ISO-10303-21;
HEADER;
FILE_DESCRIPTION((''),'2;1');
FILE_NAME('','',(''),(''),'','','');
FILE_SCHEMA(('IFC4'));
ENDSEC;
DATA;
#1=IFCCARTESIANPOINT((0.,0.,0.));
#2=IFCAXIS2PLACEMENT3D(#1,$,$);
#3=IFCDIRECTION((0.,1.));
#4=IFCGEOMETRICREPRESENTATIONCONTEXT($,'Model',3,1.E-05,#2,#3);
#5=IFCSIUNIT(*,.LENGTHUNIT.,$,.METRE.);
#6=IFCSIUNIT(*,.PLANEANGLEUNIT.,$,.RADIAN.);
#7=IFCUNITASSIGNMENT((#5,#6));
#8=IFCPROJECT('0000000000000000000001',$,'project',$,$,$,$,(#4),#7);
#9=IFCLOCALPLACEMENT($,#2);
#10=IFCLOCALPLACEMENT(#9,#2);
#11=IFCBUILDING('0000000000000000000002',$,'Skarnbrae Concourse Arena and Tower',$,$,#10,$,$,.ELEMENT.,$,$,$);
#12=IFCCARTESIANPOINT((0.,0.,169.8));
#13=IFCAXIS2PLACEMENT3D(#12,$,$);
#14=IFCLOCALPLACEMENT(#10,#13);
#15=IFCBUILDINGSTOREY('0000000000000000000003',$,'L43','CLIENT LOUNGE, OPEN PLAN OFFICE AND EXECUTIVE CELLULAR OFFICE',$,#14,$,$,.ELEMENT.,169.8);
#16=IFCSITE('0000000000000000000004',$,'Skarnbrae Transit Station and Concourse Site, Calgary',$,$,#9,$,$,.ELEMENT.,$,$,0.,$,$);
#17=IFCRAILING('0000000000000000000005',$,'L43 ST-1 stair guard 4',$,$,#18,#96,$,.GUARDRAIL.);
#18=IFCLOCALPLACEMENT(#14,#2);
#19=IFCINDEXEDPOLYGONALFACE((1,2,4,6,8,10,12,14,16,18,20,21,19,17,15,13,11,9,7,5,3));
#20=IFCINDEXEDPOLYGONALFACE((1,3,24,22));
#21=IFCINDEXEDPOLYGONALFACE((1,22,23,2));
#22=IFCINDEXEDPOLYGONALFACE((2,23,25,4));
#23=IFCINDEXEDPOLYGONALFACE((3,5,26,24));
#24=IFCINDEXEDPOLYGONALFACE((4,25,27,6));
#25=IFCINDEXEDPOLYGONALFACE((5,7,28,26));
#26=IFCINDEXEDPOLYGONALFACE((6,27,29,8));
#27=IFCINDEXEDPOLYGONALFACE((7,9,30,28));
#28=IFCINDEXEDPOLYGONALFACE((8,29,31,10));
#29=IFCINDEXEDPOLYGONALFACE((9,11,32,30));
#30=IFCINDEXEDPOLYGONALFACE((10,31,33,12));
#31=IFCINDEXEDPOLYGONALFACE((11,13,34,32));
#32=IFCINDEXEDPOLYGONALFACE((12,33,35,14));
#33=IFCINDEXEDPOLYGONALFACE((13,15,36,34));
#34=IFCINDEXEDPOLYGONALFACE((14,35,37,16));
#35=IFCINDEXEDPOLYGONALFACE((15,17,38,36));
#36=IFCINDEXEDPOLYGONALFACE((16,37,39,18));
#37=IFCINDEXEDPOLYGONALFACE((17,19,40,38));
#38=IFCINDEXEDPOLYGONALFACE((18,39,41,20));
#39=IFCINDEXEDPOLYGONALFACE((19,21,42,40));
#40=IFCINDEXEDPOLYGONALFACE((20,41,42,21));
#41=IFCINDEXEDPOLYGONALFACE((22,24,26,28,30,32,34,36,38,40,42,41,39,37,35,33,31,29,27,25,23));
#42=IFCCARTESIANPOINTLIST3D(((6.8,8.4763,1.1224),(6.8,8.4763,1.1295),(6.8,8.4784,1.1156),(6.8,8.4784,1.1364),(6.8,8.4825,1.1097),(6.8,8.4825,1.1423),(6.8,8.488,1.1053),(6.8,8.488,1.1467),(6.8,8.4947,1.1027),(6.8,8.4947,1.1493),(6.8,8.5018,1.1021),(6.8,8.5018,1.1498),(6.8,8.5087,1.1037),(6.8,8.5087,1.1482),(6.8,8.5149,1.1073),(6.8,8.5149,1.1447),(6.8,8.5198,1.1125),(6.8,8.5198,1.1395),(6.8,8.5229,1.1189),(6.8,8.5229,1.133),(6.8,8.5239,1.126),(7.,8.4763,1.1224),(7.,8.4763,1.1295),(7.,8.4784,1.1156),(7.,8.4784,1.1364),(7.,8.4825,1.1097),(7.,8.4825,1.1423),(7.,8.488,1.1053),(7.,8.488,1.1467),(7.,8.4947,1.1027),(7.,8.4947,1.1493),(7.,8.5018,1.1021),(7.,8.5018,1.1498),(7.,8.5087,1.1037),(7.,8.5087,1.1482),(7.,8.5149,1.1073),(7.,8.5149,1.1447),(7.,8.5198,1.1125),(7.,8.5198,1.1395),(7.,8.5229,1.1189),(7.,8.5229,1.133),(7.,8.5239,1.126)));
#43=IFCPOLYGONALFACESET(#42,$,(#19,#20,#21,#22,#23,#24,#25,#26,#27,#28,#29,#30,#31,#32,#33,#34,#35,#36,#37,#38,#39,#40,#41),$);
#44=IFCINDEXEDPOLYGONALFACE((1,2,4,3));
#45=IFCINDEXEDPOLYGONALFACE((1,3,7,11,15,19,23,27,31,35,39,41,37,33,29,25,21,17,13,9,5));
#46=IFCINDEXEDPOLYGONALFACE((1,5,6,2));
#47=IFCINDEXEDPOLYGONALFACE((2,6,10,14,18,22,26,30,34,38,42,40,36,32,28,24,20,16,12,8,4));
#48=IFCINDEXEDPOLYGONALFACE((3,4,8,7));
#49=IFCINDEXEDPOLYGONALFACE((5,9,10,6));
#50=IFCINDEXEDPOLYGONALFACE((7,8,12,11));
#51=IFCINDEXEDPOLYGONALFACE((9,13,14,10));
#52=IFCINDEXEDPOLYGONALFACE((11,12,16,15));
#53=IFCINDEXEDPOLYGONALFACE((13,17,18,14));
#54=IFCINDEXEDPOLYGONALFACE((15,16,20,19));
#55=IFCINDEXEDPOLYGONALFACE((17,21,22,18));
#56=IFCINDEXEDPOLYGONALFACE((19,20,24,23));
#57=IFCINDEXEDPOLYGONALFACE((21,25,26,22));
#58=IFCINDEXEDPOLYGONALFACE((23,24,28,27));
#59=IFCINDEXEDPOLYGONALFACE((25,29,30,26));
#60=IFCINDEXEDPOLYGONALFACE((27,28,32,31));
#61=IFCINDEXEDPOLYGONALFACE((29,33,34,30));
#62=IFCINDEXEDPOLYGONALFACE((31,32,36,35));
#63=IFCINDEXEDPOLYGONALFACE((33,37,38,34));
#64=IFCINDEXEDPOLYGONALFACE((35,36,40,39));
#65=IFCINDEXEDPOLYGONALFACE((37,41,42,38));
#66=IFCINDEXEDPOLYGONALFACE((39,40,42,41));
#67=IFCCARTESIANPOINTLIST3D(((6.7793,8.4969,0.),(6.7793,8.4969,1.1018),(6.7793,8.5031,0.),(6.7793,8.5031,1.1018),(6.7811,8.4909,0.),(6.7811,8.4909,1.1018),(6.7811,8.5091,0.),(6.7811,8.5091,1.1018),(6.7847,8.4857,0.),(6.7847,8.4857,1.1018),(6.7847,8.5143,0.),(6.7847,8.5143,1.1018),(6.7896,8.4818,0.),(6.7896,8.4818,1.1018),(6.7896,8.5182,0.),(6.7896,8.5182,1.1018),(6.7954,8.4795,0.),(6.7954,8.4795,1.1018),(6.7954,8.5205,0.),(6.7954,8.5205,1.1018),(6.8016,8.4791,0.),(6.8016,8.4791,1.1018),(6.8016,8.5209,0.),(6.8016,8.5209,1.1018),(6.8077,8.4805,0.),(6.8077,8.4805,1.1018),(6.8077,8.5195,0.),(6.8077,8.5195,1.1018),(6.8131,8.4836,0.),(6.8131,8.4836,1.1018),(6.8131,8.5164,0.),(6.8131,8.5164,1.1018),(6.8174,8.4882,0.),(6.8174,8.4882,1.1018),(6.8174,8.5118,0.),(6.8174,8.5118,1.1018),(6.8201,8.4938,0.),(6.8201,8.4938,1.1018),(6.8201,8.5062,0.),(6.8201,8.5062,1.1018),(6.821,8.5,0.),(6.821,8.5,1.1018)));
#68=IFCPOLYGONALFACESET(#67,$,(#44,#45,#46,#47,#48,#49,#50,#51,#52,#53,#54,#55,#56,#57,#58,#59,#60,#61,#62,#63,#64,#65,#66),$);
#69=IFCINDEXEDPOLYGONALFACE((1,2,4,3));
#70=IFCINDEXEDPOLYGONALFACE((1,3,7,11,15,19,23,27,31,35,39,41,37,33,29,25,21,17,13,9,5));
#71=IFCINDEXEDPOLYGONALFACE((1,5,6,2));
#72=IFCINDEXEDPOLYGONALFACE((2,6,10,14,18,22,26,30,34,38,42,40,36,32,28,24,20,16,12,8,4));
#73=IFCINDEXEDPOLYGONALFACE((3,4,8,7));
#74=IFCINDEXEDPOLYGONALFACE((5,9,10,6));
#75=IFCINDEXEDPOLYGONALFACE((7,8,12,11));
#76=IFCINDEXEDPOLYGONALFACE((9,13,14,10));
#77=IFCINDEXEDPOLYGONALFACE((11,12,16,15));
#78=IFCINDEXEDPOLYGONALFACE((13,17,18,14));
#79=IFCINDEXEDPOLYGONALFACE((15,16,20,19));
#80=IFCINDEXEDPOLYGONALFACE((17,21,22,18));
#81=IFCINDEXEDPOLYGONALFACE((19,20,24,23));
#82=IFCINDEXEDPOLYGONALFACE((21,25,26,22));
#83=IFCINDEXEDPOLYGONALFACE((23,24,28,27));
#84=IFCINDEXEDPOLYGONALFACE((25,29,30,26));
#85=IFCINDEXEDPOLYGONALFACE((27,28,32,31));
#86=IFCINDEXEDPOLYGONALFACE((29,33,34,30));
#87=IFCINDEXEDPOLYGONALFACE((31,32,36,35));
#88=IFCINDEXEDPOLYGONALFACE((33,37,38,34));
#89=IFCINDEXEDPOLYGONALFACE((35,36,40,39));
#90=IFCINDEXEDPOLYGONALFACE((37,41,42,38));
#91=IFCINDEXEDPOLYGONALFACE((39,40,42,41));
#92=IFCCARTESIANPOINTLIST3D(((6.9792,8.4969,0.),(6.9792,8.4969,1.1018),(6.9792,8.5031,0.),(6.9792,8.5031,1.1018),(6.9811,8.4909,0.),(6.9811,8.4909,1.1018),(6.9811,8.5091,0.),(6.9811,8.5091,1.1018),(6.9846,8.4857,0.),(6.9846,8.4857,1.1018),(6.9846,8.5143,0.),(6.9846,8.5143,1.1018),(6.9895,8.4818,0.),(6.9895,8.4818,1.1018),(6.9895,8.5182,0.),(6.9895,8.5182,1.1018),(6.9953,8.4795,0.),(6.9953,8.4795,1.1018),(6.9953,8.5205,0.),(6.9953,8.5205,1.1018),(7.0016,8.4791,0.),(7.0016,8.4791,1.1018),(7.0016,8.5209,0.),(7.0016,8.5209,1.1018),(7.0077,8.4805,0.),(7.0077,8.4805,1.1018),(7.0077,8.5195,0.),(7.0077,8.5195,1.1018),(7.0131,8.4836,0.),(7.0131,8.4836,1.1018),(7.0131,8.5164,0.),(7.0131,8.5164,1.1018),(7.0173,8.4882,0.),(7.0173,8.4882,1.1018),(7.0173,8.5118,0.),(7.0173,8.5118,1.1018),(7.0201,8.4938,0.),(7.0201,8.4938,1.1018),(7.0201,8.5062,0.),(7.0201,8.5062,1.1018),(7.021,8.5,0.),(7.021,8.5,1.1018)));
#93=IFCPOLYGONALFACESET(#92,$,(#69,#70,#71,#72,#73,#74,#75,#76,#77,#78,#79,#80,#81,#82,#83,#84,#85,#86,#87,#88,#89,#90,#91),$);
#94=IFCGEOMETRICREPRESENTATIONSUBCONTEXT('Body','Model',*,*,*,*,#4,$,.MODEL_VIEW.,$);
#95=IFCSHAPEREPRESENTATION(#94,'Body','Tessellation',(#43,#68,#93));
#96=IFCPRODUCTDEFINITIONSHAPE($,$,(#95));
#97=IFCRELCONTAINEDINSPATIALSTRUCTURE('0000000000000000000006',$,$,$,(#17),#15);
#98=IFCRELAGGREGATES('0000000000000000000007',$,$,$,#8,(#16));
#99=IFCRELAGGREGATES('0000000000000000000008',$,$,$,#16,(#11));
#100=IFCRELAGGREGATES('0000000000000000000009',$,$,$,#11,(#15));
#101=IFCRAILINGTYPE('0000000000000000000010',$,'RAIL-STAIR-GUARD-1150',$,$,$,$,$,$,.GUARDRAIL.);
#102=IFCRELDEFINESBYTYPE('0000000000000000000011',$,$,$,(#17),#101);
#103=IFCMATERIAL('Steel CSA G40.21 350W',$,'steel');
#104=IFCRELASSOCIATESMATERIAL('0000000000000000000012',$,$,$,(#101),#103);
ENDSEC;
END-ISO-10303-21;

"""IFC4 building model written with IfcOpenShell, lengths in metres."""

from ifc_helpers import new_model, si_unit, direction, frame, origin, origin_2d, place, context, subcontext, project, spatial, circle, extrude, material, type_object, element, save


model = new_model("IFC4")

# Units and contexts
model_context = context("Model", 3, precision=1e-05, world=origin(), true_north=direction((0.0, 1.0)))
body_context = subcontext(model_context, "Body", "Model", "MODEL_VIEW")
ifc_project = project(units=[si_unit("LENGTHUNIT", "METRE"), si_unit("PLANEANGLEUNIT", "RADIAN")], contexts=[model_context])

# Site, building, storey
site_placement = place(None, origin())
site = spatial("IfcSite", under=ifc_project, at=site_placement, Name="Skarnbrae Transit Station and Concourse Site, Calgary", CompositionType="ELEMENT", RefElevation=0.0)
building_placement = place(site_placement, origin())
building = spatial("IfcBuilding", under=site, at=building_placement, Name="Skarnbrae Concourse Arena and Tower", CompositionType="ELEMENT")
storey_placement = place(building_placement, frame((0.0, 0.0, 169.8)))
storey = spatial("IfcBuildingStorey", under=building, at=storey_placement, Name="L43", Description="CLIENT LOUNGE, OPEN PLAN OFFICE AND EXECUTIVE CELLULAR OFFICE", CompositionType="ELEMENT", Elevation=169.8)

# Railing
ifc_material_1 = material(Name="Steel CSA G40.21 350W", Category="steel")
railing_type_1 = type_object("IfcRailingType", Name="RAIL-STAIR-GUARD-1150", PredefinedType="GUARDRAIL", material=ifc_material_1)
railing_1_placement = place(storey_placement, frame((6.8, 8.5, 0.0)))
element("IfcRailing", 1, at=railing_1_placement, inside=storey, type_object=railing_type_1, Name="L43 ST-1 stair guard 4", PredefinedType="GUARDRAIL", context=body_context, shape_type="SweptSolid", body=[
    extrude(circle(Radius=0.0239, at=origin_2d()), frame((0.0, 0.0, 1.126), z_axis=(1.0, 0.0, 0.0), x_axis=(0.0, 1.0, 0.0)), (0.0, 0.0, 1.0), 0.2),
    extrude(circle(Radius=0.021, at=origin_2d()), origin(), (0.0, 0.0, 1.0), 1.1018),
    extrude(circle(Radius=0.021, at=origin_2d()), frame((0.2, 0.0, 0.0)), (0.0, 0.0, 1.0), 1.1018),
])

save(model, "model.ifc")
